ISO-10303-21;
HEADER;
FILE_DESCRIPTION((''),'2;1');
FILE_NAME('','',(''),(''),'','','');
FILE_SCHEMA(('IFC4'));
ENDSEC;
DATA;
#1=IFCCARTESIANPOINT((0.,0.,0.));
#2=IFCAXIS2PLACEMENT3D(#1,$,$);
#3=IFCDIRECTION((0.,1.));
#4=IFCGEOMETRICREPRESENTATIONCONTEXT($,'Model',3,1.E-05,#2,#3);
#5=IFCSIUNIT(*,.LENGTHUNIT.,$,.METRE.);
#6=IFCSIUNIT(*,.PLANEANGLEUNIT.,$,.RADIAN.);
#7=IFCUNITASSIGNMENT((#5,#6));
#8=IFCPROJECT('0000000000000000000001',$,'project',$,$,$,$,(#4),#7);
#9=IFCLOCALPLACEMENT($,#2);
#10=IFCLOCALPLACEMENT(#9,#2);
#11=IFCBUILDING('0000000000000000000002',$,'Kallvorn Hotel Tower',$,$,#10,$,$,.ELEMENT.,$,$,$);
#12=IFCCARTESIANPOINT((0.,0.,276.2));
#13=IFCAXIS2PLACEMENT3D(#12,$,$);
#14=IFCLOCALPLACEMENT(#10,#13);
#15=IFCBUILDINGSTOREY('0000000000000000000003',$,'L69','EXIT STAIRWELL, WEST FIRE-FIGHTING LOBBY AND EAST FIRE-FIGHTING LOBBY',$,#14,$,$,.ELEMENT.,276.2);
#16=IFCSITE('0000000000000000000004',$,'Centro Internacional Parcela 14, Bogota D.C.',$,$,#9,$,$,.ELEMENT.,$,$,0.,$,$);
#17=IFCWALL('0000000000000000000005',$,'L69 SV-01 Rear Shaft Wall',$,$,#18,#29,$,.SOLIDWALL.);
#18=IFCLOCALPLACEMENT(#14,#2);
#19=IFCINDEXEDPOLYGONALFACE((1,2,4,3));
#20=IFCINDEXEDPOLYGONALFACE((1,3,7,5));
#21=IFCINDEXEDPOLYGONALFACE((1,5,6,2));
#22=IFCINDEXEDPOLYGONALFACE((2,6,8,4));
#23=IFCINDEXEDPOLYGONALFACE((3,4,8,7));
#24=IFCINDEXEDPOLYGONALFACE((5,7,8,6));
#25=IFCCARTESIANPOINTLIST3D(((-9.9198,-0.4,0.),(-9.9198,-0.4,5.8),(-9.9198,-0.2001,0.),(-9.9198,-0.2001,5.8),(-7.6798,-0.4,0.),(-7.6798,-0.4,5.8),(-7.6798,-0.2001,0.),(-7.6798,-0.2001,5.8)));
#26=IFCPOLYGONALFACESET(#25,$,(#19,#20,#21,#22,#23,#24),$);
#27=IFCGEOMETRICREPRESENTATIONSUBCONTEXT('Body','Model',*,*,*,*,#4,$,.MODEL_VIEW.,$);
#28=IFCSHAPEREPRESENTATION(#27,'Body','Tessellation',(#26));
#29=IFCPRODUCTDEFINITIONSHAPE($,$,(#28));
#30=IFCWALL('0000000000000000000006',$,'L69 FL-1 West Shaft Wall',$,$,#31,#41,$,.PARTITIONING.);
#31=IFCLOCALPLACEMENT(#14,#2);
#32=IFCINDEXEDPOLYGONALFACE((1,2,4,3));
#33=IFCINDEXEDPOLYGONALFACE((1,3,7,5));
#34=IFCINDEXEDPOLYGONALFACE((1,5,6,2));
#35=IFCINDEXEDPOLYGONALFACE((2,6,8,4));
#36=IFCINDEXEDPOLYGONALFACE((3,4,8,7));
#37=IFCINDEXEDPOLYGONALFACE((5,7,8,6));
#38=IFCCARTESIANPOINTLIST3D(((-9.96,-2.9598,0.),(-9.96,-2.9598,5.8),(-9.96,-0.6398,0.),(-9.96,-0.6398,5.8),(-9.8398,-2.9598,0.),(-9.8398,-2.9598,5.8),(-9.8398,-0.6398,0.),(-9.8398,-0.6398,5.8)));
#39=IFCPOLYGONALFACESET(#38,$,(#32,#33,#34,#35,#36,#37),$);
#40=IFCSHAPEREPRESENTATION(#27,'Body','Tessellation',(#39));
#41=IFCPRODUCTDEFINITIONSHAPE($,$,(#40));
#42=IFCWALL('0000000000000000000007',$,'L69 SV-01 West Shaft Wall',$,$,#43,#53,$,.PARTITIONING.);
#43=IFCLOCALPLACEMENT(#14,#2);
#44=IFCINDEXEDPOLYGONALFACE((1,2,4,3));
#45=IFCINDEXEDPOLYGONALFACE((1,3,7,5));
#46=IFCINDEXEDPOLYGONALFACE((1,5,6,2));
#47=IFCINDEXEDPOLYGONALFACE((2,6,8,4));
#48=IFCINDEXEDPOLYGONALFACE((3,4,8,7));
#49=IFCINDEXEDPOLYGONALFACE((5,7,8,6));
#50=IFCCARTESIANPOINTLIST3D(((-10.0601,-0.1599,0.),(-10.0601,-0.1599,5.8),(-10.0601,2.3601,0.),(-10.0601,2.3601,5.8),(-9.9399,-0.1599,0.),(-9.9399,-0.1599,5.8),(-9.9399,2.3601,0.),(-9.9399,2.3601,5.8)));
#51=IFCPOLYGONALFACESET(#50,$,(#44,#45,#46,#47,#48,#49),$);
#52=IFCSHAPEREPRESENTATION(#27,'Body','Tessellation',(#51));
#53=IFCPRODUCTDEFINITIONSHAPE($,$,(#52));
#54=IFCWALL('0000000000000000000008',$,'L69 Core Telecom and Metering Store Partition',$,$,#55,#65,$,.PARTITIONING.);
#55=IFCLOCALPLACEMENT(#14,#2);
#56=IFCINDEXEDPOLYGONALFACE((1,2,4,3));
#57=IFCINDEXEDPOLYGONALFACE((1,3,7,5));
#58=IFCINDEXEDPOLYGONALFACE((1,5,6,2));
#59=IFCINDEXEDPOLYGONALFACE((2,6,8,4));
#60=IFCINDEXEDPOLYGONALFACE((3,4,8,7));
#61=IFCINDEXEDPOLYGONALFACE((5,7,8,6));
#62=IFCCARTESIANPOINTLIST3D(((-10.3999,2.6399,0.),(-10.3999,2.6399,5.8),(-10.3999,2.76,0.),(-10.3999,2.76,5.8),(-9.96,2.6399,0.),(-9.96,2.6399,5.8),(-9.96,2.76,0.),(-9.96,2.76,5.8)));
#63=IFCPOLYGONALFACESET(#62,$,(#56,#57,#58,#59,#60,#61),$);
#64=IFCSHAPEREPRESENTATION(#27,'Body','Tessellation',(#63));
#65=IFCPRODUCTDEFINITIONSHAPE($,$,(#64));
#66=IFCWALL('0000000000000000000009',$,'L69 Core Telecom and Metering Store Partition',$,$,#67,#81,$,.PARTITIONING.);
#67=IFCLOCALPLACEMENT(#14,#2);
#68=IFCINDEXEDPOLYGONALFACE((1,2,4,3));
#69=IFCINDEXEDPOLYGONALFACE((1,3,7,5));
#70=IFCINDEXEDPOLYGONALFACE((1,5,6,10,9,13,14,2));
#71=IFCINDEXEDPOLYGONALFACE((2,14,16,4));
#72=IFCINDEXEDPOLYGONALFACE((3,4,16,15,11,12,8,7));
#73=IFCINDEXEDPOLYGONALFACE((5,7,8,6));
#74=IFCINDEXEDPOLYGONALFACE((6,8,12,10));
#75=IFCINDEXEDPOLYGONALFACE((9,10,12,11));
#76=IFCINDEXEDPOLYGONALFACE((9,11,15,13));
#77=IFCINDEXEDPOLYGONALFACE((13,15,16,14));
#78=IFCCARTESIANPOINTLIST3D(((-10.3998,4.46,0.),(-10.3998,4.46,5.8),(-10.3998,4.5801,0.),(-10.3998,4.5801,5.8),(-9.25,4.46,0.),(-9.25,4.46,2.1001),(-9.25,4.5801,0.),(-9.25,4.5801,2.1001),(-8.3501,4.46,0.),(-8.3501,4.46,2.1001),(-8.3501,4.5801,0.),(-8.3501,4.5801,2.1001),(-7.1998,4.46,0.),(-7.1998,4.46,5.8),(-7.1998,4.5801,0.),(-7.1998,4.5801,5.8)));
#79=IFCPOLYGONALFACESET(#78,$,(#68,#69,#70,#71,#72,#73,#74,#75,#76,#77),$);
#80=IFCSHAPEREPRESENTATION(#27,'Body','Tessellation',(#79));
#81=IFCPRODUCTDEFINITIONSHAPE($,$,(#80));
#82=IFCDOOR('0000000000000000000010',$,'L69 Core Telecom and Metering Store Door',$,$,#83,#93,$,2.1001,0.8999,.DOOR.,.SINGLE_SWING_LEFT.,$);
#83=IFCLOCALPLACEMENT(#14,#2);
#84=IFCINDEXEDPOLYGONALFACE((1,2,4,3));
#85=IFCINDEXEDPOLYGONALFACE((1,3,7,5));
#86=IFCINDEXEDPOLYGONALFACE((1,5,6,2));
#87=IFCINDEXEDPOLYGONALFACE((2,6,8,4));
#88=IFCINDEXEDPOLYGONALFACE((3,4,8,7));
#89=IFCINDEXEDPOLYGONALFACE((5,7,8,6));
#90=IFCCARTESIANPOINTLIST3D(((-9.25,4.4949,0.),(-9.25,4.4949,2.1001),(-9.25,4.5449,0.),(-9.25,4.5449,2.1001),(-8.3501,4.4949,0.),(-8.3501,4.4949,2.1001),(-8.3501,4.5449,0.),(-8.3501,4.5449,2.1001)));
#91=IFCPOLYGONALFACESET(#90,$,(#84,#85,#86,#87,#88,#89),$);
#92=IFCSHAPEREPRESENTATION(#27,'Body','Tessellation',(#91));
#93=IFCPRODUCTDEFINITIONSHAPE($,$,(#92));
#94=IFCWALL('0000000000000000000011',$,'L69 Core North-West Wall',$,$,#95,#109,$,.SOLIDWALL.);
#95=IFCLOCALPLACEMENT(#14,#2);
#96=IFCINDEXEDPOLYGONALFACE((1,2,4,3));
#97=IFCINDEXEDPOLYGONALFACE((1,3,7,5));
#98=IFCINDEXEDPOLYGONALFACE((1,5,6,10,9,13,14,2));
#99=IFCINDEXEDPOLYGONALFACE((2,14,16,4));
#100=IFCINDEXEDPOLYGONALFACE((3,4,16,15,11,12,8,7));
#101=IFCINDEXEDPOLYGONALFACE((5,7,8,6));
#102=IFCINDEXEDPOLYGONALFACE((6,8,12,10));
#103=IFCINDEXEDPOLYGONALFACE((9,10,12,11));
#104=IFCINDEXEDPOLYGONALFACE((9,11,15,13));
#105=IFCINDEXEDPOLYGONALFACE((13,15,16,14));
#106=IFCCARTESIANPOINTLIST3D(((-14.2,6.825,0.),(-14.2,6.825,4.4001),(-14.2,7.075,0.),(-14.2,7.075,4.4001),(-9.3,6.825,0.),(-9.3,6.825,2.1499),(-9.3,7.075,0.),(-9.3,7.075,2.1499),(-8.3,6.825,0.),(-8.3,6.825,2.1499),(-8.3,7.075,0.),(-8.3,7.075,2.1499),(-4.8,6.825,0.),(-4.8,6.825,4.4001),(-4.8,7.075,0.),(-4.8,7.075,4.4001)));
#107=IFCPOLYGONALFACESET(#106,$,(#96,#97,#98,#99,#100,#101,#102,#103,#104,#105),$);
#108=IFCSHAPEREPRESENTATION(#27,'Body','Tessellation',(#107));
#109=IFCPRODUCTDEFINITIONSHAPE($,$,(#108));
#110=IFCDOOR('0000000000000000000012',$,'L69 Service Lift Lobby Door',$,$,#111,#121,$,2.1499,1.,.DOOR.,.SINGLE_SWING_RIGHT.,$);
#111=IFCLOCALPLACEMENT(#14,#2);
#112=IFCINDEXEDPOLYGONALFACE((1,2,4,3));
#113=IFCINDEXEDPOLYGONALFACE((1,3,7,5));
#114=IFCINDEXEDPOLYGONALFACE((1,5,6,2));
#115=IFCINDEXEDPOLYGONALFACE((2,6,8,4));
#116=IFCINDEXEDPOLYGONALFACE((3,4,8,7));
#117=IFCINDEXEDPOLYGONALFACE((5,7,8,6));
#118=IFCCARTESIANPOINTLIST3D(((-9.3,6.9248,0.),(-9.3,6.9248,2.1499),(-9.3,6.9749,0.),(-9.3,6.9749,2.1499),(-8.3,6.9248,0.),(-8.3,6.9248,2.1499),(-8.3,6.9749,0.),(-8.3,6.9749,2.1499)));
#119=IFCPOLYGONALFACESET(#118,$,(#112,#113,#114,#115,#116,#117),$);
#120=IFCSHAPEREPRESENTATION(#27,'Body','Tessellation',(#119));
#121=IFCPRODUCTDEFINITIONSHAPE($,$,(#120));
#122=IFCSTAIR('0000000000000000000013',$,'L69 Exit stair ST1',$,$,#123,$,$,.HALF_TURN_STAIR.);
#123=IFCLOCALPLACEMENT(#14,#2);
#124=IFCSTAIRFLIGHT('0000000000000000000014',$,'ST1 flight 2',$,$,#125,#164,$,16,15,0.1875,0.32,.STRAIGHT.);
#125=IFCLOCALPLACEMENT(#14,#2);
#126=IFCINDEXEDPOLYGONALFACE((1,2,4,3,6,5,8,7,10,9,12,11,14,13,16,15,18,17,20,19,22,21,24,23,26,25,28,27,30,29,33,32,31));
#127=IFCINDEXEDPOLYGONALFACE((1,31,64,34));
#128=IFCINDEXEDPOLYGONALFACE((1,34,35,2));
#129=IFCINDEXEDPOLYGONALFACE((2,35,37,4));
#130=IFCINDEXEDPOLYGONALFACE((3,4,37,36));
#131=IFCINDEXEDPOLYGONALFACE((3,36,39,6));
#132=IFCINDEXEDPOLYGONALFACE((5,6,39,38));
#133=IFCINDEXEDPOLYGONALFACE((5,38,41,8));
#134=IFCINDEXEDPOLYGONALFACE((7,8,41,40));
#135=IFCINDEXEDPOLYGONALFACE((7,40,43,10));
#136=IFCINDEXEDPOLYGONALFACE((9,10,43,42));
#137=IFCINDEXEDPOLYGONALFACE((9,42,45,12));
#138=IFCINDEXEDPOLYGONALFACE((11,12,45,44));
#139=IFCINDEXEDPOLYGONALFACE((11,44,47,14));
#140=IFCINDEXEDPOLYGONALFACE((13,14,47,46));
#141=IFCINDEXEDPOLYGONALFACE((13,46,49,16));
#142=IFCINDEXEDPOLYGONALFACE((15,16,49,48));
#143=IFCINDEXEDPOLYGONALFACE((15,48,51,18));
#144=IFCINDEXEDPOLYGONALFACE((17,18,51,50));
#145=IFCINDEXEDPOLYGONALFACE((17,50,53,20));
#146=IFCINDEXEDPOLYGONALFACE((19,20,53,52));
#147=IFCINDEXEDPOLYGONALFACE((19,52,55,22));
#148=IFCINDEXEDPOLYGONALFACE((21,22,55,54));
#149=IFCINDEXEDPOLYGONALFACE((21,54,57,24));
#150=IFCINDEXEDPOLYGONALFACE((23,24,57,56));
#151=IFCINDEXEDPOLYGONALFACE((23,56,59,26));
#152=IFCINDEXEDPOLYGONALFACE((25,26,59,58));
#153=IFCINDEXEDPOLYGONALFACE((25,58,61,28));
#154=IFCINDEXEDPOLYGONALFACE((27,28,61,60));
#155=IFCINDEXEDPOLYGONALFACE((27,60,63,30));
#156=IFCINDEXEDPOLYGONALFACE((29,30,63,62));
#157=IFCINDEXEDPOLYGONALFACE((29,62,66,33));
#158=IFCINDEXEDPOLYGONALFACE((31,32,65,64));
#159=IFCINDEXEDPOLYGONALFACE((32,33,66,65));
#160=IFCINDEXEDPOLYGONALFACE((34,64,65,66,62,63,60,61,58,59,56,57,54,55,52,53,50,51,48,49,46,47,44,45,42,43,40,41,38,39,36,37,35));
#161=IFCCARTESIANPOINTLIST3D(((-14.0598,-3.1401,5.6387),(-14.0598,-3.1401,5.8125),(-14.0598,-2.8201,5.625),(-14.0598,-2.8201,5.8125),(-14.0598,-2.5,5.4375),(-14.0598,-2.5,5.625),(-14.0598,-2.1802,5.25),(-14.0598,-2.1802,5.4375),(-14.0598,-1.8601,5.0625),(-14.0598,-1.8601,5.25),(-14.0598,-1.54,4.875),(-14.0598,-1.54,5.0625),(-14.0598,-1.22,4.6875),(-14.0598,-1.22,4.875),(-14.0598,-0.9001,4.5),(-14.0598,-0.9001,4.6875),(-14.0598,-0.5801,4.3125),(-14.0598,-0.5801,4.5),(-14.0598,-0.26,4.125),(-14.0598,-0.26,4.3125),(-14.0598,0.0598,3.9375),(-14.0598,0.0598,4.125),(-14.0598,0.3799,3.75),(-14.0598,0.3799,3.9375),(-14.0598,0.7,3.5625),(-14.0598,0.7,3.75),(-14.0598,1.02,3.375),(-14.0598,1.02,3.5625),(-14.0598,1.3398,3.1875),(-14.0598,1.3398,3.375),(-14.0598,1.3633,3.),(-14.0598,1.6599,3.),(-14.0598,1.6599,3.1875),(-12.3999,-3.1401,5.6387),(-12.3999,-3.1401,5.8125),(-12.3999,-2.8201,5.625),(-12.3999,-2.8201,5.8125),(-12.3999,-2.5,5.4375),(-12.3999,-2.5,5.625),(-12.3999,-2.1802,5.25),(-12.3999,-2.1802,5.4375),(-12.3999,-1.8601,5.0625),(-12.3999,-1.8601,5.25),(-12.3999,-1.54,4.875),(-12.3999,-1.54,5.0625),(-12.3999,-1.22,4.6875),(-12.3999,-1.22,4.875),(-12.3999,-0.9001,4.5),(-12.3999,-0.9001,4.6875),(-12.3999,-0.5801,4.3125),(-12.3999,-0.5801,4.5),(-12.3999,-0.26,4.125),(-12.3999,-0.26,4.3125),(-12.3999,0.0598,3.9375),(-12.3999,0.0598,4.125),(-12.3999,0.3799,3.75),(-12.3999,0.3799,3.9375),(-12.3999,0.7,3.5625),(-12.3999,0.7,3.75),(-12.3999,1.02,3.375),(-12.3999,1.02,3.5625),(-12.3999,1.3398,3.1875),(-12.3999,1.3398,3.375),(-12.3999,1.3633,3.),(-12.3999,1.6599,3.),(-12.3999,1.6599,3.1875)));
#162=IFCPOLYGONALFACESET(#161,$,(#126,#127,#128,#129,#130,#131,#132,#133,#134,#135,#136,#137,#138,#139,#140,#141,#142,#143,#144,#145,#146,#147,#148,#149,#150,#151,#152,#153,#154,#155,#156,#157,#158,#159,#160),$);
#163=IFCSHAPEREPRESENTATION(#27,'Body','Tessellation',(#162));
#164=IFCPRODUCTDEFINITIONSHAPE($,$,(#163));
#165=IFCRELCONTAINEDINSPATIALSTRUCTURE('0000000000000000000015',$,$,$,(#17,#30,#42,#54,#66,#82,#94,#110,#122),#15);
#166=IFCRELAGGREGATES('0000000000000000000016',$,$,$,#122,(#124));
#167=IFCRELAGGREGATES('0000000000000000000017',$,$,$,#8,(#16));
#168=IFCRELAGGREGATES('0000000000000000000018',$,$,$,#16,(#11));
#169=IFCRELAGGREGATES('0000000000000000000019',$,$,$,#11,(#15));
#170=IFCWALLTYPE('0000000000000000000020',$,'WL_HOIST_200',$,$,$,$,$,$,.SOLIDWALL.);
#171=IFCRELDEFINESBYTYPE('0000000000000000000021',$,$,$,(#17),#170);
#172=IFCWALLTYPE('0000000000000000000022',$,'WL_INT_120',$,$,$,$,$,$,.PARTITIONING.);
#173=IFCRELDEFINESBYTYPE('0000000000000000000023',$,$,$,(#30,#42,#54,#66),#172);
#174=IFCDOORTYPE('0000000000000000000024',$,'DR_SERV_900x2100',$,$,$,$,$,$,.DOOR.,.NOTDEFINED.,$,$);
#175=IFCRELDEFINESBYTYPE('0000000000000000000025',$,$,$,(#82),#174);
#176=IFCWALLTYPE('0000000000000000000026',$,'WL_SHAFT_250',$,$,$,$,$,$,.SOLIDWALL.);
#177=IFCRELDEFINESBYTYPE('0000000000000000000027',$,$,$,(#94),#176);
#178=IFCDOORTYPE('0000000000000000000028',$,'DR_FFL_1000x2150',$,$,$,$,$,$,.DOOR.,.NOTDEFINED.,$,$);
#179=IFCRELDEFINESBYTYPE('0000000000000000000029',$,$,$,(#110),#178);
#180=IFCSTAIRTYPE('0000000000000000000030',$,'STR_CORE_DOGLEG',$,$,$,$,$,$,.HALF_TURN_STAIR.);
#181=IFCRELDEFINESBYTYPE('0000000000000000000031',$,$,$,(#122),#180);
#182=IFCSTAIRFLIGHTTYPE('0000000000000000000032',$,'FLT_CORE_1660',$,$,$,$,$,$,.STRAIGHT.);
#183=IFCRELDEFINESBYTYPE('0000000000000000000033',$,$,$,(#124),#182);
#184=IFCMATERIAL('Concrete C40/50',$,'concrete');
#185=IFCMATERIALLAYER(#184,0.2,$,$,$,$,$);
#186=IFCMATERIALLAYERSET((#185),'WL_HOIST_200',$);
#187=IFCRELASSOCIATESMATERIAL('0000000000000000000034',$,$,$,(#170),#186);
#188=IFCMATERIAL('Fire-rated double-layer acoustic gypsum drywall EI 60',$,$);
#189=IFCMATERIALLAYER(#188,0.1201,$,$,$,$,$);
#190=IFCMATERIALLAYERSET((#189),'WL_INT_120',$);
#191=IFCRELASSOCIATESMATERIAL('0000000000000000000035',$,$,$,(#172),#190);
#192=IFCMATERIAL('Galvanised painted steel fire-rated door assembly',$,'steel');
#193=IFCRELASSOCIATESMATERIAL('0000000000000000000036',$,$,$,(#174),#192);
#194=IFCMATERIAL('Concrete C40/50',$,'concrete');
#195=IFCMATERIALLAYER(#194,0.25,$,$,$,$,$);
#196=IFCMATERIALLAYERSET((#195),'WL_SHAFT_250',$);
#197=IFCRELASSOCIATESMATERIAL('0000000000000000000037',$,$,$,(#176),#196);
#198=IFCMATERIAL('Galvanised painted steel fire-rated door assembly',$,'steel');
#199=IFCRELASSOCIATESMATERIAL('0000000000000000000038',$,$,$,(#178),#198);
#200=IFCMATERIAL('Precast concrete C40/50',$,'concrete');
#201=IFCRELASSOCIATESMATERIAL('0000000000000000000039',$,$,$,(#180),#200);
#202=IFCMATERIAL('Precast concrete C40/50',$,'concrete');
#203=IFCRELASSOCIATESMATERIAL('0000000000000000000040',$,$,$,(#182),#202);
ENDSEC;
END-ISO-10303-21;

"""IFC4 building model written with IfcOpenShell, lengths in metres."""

from ifc_helpers import new_model, si_unit, direction, frame, frame_2d, origin, place, context, subcontext, project, spatial, polyline, rectangle, outline, extrude, material, layer, layer_set, type_object, element, fill, aggregate, save


model = new_model("IFC4")

# Units and contexts
model_context = context("Model", 3, precision=1e-05, world=origin(), true_north=direction((0.0, 1.0)))
body_context = subcontext(model_context, "Body", "Model", "MODEL_VIEW")
ifc_project = project(units=[si_unit("LENGTHUNIT", "METRE"), si_unit("PLANEANGLEUNIT", "RADIAN")], contexts=[model_context])

# Site, building, storey
site_placement = place(None, origin())
site = spatial("IfcSite", under=ifc_project, at=site_placement, Name="Centro Internacional Parcela 14, Bogota D.C.", CompositionType="ELEMENT", RefElevation=0.0)
building_placement = place(site_placement, origin())
building = spatial("IfcBuilding", under=site, at=building_placement, Name="Kallvorn Hotel Tower", CompositionType="ELEMENT")
storey_placement = place(building_placement, frame((0.0, 0.0, 276.2)))
storey = spatial("IfcBuildingStorey", under=building, at=storey_placement, Name="L69", Description="EXIT STAIRWELL, WEST FIRE-FIGHTING LOBBY AND EAST FIRE-FIGHTING LOBBY", CompositionType="ELEMENT", Elevation=276.2)

# Shared definitions
ifc_material_1 = material(Name="Concrete C40/50", Category="concrete")
ifc_layer_1 = layer(ifc_material_1, 0.2)
ifc_layer_set_1 = layer_set([ifc_layer_1], Name="WL_HOIST_200")
wall_type_1 = type_object("IfcWallType", Name="WL_HOIST_200", PredefinedType="SOLIDWALL", material=ifc_layer_set_1)

# Walls
wall_1_placement = place(storey_placement, frame((-9.9199, -0.3, 0.0), z_axis=(0.0, 0.0, 1.0), x_axis=(1.0, 0.0, 0.0)))
element("IfcWall", 1, at=wall_1_placement, inside=storey, type_object=wall_type_1, Name="L69 SV-01 Rear Shaft Wall", PredefinedType="SOLIDWALL", context=body_context, shape_type="SweptSolid", body=[
    extrude(rectangle(XDim=2.24, YDim=0.2, at=frame_2d((1.1201, 0.0))), origin(), (0.0, 0.0, 1.0), 5.8),
])
ifc_material_2 = material(Name="Fire-rated double-layer acoustic gypsum drywall EI 60")
ifc_layer_2 = layer(ifc_material_2, 0.1201)
ifc_layer_set_2 = layer_set([ifc_layer_2], Name="WL_INT_120")
wall_type_2 = type_object("IfcWallType", Name="WL_INT_120", PredefinedType="PARTITIONING", material=ifc_layer_set_2)
wall_2_placement = place(storey_placement, frame((-9.8999, -2.96, 0.0), z_axis=(0.0, 0.0, 1.0), x_axis=(0.0, 1.0, 0.0)))
element("IfcWall", 2, at=wall_2_placement, inside=storey, type_object=wall_type_2, Name="L69 FL-1 West Shaft Wall", PredefinedType="PARTITIONING", context=body_context, shape_type="SweptSolid", body=[
    extrude(rectangle(XDim=2.3201, YDim=0.1201, at=frame_2d((1.1602, 0.0))), origin(), (0.0, 0.0, 1.0), 5.8),
])
wall_3_placement = place(storey_placement, frame((-10.0, -0.1599, 0.0), z_axis=(0.0, 0.0, 1.0), x_axis=(0.0, 1.0, 0.0)))
element("IfcWall", 3, at=wall_3_placement, inside=storey, type_object=wall_type_2, Name="L69 SV-01 West Shaft Wall", PredefinedType="PARTITIONING", context=body_context, shape_type="SweptSolid", body=[
    extrude(rectangle(XDim=2.52, YDim=0.1201, at=frame_2d((1.26, 0.0))), origin(), (0.0, 0.0, 1.0), 5.8),
])
wall_4_placement = place(storey_placement, frame((-10.3999, 2.7, 0.0), z_axis=(0.0, 0.0, 1.0), x_axis=(1.0, 0.0, 0.0)))
element("IfcWall", 4, at=wall_4_placement, inside=storey, type_object=wall_type_2, Name="L69 Core Telecom and Metering Store Partition", PredefinedType="PARTITIONING", context=body_context, shape_type="SweptSolid", body=[
    extrude(rectangle(XDim=0.4399, YDim=0.1201, at=frame_2d((0.22, 0.0))), origin(), (0.0, 0.0, 1.0), 5.8),
])

# Walls, openings, doors
wall_5_placement = place(storey_placement, frame((-10.3999, 4.52, 0.0), z_axis=(0.0, 0.0, 1.0), x_axis=(1.0, 0.0, 0.0)))
wall_5 = element("IfcWall", 5, at=wall_5_placement, inside=storey, type_object=wall_type_2, Name="L69 Core Telecom and Metering Store Partition", PredefinedType="PARTITIONING", context=body_context, shape_type="SweptSolid", body=[
    extrude(rectangle(XDim=3.2, YDim=0.1201, at=frame_2d((1.6001, 0.0))), origin(), (0.0, 0.0, 1.0), 5.8),
])
opening_1_placement = place(wall_5_placement, frame((1.1499, 0.0, 0.0)))
opening_1 = element("IfcOpeningElement", 6, at=opening_1_placement, cuts=wall_5, PredefinedType="OPENING", context=body_context, shape_type="SweptSolid", body=[
    extrude(rectangle(XDim=0.8999, YDim=2.1001, at=frame_2d((0.45, 1.05))), frame((0.0, 0.075, 0.0), z_axis=(0.0, -1.0, 0.0), x_axis=(1.0, 0.0, 0.0)), (0.0, 0.0, 1.0), 0.1501),
])
ifc_material_3 = material(Name="Galvanised painted steel fire-rated door assembly", Category="steel")
door_type_1 = type_object("IfcDoorType", Name="DR_SERV_900x2100", OperationType="NOTDEFINED", PredefinedType="DOOR", material=ifc_material_3)
door_1_placement = place(opening_1_placement, origin())
door_1 = element("IfcDoor", 7, at=door_1_placement, inside=storey, type_object=door_type_1, Name="L69 Core Telecom and Metering Store Door", OperationType="SINGLE_SWING_LEFT", OverallHeight=2.1001, OverallWidth=0.8999, PredefinedType="DOOR", context=body_context, shape_type="SweptSolid", body=[
    extrude(rectangle(XDim=0.8999, YDim=2.1001, at=frame_2d((0.45, 1.05))), frame((0.0, 0.0249, 0.0), z_axis=(0.0, -1.0, 0.0), x_axis=(1.0, 0.0, 0.0)), (0.0, 0.0, 1.0), 0.05),
])
fill(opening_1, door_1)
ifc_material_4 = material(Name="Concrete C40/50", Category="concrete")
ifc_layer_3 = layer(ifc_material_4, 0.25)
ifc_layer_set_3 = layer_set([ifc_layer_3], Name="WL_SHAFT_250")
wall_type_3 = type_object("IfcWallType", Name="WL_SHAFT_250", PredefinedType="SOLIDWALL", material=ifc_layer_set_3)
wall_6_placement = place(storey_placement, frame((-14.2, 6.95, 0.0), z_axis=(0.0, 0.0, 1.0), x_axis=(1.0, 0.0, 0.0)))
wall_6 = element("IfcWall", 8, at=wall_6_placement, inside=storey, type_object=wall_type_3, Name="L69 Core North-West Wall", PredefinedType="SOLIDWALL", context=body_context, shape_type="SweptSolid", body=[
    extrude(rectangle(XDim=9.3999, YDim=0.25, at=frame_2d((4.7, 0.0))), origin(), (0.0, 0.0, 1.0), 4.4001),
])
opening_2_placement = place(wall_6_placement, frame((4.8999, 0.0, 0.0)))
opening_2 = element("IfcOpeningElement", 9, at=opening_2_placement, cuts=wall_6, PredefinedType="OPENING", context=body_context, shape_type="SweptSolid", body=[
    extrude(rectangle(XDim=1.0, YDim=2.1499, at=frame_2d((0.5, 1.075))), frame((0.0, 0.1399, 0.0), z_axis=(0.0, -1.0, 0.0), x_axis=(1.0, 0.0, 0.0)), (0.0, 0.0, 1.0), 0.28),
])
ifc_material_5 = material(Name="Galvanised painted steel fire-rated door assembly", Category="steel")
door_type_2 = type_object("IfcDoorType", Name="DR_FFL_1000x2150", OperationType="NOTDEFINED", PredefinedType="DOOR", material=ifc_material_5)
door_2_placement = place(opening_2_placement, origin())
door_2 = element("IfcDoor", 10, at=door_2_placement, inside=storey, type_object=door_type_2, Name="L69 Service Lift Lobby Door", OperationType="SINGLE_SWING_RIGHT", OverallHeight=2.1499, OverallWidth=1.0, PredefinedType="DOOR", context=body_context, shape_type="SweptSolid", body=[
    extrude(rectangle(XDim=1.0, YDim=2.1499, at=frame_2d((0.5, 1.075))), frame((0.0, 0.0249, 0.0), z_axis=(0.0, -1.0, 0.0), x_axis=(1.0, 0.0, 0.0)), (0.0, 0.0, 1.0), 0.05),
])
fill(opening_2, door_2)

# Stair, stair flight
ifc_material_6 = material(Name="Precast concrete C40/50", Category="concrete")
stair_type = type_object("IfcStairType", Name="STR_CORE_DOGLEG", PredefinedType="HALF_TURN_STAIR", material=ifc_material_6)
stair_placement = place(storey_placement, origin())
stair = element("IfcStair", 11, at=stair_placement, inside=storey, type_object=stair_type, Name="L69 Exit stair ST1", PredefinedType="HALF_TURN_STAIR")
ifc_material_7 = material(Name="Precast concrete C40/50", Category="concrete")
stair_flight_type = type_object("IfcStairFlightType", Name="FLT_CORE_1660", PredefinedType="STRAIGHT", material=ifc_material_7)
stair_flight_placement = place(storey_placement, frame((-13.23, 1.6599, 3.0), z_axis=(0.0, 0.0, 1.0), x_axis=(0.0, -1.0, 0.0)))
stair_flight = element("IfcStairFlight", 12, at=stair_flight_placement, type_object=stair_flight_type, Name="ST1 flight 2", NumberOfRisers=16, NumberOfTreads=15, PredefinedType="STRAIGHT", RiserHeight=0.1875, TreadLength=0.32, context=body_context, shape_type="SweptSolid", body=[
    extrude(outline(polyline([(0.0, 0.0), (0.0, 0.1875), (0.3201, 0.1875), (0.3201, 0.375), (0.6399, 0.375), (0.6399, 0.5625), (0.96, 0.5625), (0.96, 0.75), (1.28, 0.75), (1.28, 0.9375), (1.6001, 0.9375), (1.6001, 1.125), (1.9199, 1.125), (1.9199, 1.3125), (2.24, 1.3125), (2.24, 1.5), (2.5601, 1.5), (2.5601, 1.6875), (2.8799, 1.6875), (2.8799, 1.875), (3.2, 1.875), (3.2, 2.0625), (3.52, 2.0625), (3.52, 2.25), (3.8401, 2.25), (3.8401, 2.4375), (4.1599, 2.4375), (4.1599, 2.625), (4.48, 2.625), (4.48, 2.8125), (4.8, 2.8125), (4.8, 3.0), (4.8, 2.6387), (0.2966, 0.0), (0.0, 0.0)])), frame((0.0, 0.8301, 0.0), z_axis=(0.0, -1.0, 0.0), x_axis=(1.0, 0.0, 0.0)), (0.0, 0.0, 1.0), 1.6599),
])
aggregate(stair, [stair_flight])

save(model, "model.ifc")
